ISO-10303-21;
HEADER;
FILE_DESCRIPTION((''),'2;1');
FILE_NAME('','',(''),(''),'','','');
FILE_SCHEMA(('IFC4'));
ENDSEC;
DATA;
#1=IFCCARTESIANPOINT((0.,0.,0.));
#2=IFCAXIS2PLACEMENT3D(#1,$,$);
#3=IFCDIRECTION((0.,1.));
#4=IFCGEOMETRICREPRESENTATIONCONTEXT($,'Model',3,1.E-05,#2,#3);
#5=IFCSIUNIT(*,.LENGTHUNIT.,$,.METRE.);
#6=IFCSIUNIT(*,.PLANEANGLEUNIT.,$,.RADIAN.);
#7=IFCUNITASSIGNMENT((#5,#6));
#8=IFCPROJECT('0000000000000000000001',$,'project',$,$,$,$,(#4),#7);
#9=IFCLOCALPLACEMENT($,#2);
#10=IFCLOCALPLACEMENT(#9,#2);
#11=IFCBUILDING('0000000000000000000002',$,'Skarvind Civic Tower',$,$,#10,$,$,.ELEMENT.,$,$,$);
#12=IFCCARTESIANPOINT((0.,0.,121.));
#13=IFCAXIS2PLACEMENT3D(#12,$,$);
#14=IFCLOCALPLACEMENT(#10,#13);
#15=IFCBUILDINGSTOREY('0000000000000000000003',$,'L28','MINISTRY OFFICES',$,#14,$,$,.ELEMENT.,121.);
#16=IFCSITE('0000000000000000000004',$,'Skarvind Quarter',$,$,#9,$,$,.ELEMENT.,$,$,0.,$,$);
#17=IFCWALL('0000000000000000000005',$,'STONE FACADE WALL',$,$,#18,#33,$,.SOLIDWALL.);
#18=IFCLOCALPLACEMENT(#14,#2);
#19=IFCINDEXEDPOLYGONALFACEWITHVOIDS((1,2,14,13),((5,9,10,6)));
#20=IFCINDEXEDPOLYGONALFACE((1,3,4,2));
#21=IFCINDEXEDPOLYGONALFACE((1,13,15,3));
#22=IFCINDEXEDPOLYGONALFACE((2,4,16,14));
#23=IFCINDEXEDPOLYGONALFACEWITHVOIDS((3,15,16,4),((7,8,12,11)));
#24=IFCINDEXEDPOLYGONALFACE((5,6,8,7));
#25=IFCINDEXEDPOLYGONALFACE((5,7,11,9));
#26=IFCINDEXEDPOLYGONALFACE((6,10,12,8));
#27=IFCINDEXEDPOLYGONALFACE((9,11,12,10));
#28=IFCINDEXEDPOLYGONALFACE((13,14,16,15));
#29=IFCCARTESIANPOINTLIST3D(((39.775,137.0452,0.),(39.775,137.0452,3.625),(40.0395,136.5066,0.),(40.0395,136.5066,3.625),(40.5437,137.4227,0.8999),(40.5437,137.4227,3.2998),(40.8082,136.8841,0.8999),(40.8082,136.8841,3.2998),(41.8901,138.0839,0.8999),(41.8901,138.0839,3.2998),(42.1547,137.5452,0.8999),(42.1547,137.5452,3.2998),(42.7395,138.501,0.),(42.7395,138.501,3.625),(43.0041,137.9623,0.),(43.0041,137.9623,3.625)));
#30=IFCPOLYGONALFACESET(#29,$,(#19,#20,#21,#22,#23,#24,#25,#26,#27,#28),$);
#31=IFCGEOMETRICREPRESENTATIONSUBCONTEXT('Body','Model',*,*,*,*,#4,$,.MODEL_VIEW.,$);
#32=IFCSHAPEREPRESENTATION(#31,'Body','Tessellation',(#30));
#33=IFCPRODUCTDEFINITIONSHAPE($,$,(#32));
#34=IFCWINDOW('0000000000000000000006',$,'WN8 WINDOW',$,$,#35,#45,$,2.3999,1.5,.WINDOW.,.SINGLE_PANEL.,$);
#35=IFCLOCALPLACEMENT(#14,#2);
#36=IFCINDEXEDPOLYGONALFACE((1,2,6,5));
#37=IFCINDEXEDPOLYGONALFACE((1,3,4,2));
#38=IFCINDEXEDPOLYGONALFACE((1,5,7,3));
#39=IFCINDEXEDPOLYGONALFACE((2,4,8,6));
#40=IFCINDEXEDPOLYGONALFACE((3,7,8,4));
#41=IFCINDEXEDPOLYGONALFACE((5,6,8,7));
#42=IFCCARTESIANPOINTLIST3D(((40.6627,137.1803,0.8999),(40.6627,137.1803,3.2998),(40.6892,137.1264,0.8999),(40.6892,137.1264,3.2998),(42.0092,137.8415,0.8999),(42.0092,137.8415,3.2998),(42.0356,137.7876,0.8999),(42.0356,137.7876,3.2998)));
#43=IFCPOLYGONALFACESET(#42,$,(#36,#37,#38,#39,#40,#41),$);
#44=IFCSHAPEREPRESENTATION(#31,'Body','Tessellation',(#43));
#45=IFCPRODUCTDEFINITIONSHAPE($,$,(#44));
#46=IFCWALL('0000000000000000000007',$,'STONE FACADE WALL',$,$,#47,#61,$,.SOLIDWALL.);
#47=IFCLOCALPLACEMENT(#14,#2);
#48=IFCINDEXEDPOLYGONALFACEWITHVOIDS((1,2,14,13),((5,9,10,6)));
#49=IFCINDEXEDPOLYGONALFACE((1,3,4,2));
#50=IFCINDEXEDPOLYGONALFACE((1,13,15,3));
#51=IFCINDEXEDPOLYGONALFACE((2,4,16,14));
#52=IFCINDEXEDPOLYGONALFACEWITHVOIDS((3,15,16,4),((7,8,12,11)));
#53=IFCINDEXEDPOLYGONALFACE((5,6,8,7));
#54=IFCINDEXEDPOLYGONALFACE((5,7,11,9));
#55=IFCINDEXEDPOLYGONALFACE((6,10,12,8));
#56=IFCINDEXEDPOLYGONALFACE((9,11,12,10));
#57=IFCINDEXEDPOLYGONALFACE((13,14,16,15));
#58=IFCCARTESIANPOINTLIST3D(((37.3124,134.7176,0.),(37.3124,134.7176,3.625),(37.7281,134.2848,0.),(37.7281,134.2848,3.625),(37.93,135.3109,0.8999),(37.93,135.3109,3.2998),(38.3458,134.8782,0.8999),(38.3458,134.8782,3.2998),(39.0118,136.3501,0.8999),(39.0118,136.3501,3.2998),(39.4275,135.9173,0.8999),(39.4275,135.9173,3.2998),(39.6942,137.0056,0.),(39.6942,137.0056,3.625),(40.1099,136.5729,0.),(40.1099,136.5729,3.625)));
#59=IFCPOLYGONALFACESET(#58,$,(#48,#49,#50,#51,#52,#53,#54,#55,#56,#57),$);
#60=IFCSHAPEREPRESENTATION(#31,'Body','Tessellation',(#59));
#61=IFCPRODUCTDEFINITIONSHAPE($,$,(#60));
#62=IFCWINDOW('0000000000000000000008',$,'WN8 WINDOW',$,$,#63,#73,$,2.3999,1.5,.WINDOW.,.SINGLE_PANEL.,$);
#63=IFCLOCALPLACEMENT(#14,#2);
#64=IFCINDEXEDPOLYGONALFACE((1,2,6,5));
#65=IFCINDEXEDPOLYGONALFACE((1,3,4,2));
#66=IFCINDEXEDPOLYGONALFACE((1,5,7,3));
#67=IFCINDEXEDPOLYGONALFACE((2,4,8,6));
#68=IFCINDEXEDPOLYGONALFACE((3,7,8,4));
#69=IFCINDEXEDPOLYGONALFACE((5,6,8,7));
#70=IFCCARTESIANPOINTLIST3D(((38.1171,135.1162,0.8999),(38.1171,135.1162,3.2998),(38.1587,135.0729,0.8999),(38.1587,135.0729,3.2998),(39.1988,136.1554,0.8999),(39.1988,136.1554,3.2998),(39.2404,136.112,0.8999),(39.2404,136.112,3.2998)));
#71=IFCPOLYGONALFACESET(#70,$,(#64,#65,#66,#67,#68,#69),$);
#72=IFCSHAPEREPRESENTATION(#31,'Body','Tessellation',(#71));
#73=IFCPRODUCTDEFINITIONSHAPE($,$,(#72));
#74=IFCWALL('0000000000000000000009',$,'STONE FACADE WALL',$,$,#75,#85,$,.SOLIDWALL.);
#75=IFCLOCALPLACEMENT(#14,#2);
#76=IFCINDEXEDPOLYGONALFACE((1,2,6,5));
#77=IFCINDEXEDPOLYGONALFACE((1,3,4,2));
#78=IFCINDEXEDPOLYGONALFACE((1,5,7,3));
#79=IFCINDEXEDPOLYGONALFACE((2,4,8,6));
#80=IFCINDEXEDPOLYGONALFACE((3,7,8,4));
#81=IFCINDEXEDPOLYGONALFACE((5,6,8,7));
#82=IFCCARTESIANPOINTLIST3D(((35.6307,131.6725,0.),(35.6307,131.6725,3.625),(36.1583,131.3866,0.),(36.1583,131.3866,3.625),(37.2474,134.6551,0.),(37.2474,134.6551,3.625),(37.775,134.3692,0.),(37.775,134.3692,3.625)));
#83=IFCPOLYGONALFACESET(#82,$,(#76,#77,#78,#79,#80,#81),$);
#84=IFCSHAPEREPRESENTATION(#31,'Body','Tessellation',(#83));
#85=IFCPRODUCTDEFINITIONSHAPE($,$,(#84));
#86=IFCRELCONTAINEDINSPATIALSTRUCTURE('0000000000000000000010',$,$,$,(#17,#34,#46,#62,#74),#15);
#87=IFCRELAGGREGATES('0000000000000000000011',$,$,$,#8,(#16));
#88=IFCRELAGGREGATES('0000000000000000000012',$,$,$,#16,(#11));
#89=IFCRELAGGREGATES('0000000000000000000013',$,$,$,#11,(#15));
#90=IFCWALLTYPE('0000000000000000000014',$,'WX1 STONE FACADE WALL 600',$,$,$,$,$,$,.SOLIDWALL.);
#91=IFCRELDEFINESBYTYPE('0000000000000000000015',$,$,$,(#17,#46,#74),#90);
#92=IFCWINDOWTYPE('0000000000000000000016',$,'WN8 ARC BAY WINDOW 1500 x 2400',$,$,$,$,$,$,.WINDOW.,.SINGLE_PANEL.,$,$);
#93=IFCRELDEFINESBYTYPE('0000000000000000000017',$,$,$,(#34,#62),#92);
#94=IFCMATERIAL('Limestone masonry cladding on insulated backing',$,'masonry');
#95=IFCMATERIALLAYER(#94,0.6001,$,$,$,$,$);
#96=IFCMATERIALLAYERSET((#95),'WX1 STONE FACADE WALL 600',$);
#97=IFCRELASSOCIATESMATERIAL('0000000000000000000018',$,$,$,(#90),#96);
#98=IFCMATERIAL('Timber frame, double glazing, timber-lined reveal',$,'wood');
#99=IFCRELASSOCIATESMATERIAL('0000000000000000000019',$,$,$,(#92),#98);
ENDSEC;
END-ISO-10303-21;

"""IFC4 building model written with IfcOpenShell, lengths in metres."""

from ifc_helpers import new_model, si_unit, direction, frame, frame_2d, origin, place, context, subcontext, project, spatial, rectangle, extrude, material, layer, layer_set, type_object, element, fill, save


model = new_model("IFC4")

# Units and contexts
model_context = context("Model", 3, precision=1e-05, world=origin(), true_north=direction((0.0, 1.0)))
body_context = subcontext(model_context, "Body", "Model", "MODEL_VIEW")
ifc_project = project(units=[si_unit("LENGTHUNIT", "METRE"), si_unit("PLANEANGLEUNIT", "RADIAN")], contexts=[model_context])

# Site, building, storey
site_placement = place(None, origin())
site = spatial("IfcSite", under=ifc_project, at=site_placement, Name="Skarvind Quarter", CompositionType="ELEMENT", RefElevation=0.0)
building_placement = place(site_placement, origin())
building = spatial("IfcBuilding", under=site, at=building_placement, Name="Skarvind Civic Tower", CompositionType="ELEMENT")
storey_placement = place(building_placement, frame((0.0, 0.0, 121.0)))
storey = spatial("IfcBuildingStorey", under=building, at=storey_placement, Name="L28", Description="MINISTRY OFFICES", CompositionType="ELEMENT", Elevation=121.0)

# Walls, openings, windows
ifc_material_1 = material(Name="Limestone masonry cladding on insulated backing", Category="masonry")
ifc_layer_1 = layer(ifc_material_1, 0.6001)
ifc_layer_set_1 = layer_set([ifc_layer_1], Name="WX1 STONE FACADE WALL 600")
wall_type_1 = type_object("IfcWallType", Name="WX1 STONE FACADE WALL 600", PredefinedType="SOLIDWALL", material=ifc_layer_set_1)
ifc_material_2 = material(Name="Timber frame, double glazing, timber-lined reveal", Category="wood")
window_type = type_object("IfcWindowType", Name="WN8 ARC BAY WINDOW 1500 x 2400", PartitioningType="SINGLE_PANEL", PredefinedType="WINDOW", material=ifc_material_2)
wall_1_placement = place(storey_placement, frame((39.9072, 136.7759, 0.0), z_axis=(0.0, 0.0, 1.0), x_axis=(0.897612, 0.440786, 0.0)))
wall_1 = element("IfcWall", 1, at=wall_1_placement, inside=storey, type_object=wall_type_1, Name="STONE FACADE WALL", PredefinedType="SOLIDWALL", context=body_context, shape_type="SweptSolid", body=[
    extrude(rectangle(XDim=3.3027, YDim=0.6001, at=frame_2d((1.6514, 0.0))), origin(), (0.0, 0.0, 1.0), 3.625),
])
opening_1_placement = place(wall_1_placement, frame((0.8564, 0.0, 0.8999)))
opening_1 = element("IfcOpeningElement", 2, at=opening_1_placement, cuts=wall_1, PredefinedType="OPENING", context=body_context, shape_type="SweptSolid", body=[
    extrude(rectangle(XDim=1.5, YDim=2.3999, at=frame_2d((0.75, 1.2))), frame((0.0, 0.3101, 0.0), z_axis=(0.0, -1.0, 0.0), x_axis=(1.0, 0.0, 0.0)), (0.0, 0.0, 1.0), 0.6201),
])
window_1_placement = place(opening_1_placement, origin())
window_1 = element("IfcWindow", 3, at=window_1_placement, inside=storey, type_object=window_type, Name="WN8 WINDOW", OverallHeight=2.3999, OverallWidth=1.5, PartitioningType="SINGLE_PANEL", PredefinedType="WINDOW", context=body_context, shape_type="SweptSolid", body=[
    extrude(rectangle(XDim=1.5, YDim=2.3999, at=frame_2d((0.75, 1.2))), frame((0.0, 0.03, 0.0), z_axis=(0.0, -1.0, 0.0), x_axis=(1.0, 0.0, 0.0)), (0.0, 0.0, 1.0), 0.0601),
])
fill(opening_1, window_1)
wall_2_placement = place(storey_placement, frame((37.5203, 134.5012, 0.0), z_axis=(0.0, 0.0, 1.0), x_axis=(0.721157, 0.692772, 0.0)))
wall_2 = element("IfcWall", 4, at=wall_2_placement, inside=storey, type_object=wall_type_1, Name="STONE FACADE WALL", PredefinedType="SOLIDWALL", context=body_context, shape_type="SweptSolid", body=[
    extrude(rectangle(XDim=3.3027, YDim=0.6001, at=frame_2d((1.6514, 0.0))), origin(), (0.0, 0.0, 1.0), 3.625),
])
opening_2_placement = place(wall_2_placement, frame((0.8564, 0.0, 0.8999)))
opening_2 = element("IfcOpeningElement", 5, at=opening_2_placement, cuts=wall_2, PredefinedType="OPENING", context=body_context, shape_type="SweptSolid", body=[
    extrude(rectangle(XDim=1.5, YDim=2.3999, at=frame_2d((0.75, 1.2))), frame((0.0, 0.3101, 0.0), z_axis=(0.0, -1.0, 0.0), x_axis=(1.0, 0.0, 0.0)), (0.0, 0.0, 1.0), 0.6201),
])
window_2_placement = place(opening_2_placement, origin())
window_2 = element("IfcWindow", 6, at=window_2_placement, inside=storey, type_object=window_type, Name="WN8 WINDOW", OverallHeight=2.3999, OverallWidth=1.5, PartitioningType="SINGLE_PANEL", PredefinedType="WINDOW", context=body_context, shape_type="SweptSolid", body=[
    extrude(rectangle(XDim=1.5, YDim=2.3999, at=frame_2d((0.75, 1.2))), frame((0.0, 0.03, 0.0), z_axis=(0.0, -1.0, 0.0), x_axis=(1.0, 0.0, 0.0)), (0.0, 0.0, 1.0), 0.0601),
])
fill(opening_2, window_2)

# Wall
wall_3_placement = place(storey_placement, frame((35.8945, 131.5295, 0.0), z_axis=(0.0, 0.0, 1.0), x_axis=(0.476531, 0.879158, 0.0)))
element("IfcWall", 7, at=wall_3_placement, inside=storey, type_object=wall_type_1, Name="STONE FACADE WALL", PredefinedType="SOLIDWALL", context=body_context, shape_type="SweptSolid", body=[
    extrude(rectangle(XDim=3.3926, YDim=0.6001, at=frame_2d((1.6963, 0.0))), origin(), (0.0, 0.0, 1.0), 3.625),
])

save(model, "model.ifc")
